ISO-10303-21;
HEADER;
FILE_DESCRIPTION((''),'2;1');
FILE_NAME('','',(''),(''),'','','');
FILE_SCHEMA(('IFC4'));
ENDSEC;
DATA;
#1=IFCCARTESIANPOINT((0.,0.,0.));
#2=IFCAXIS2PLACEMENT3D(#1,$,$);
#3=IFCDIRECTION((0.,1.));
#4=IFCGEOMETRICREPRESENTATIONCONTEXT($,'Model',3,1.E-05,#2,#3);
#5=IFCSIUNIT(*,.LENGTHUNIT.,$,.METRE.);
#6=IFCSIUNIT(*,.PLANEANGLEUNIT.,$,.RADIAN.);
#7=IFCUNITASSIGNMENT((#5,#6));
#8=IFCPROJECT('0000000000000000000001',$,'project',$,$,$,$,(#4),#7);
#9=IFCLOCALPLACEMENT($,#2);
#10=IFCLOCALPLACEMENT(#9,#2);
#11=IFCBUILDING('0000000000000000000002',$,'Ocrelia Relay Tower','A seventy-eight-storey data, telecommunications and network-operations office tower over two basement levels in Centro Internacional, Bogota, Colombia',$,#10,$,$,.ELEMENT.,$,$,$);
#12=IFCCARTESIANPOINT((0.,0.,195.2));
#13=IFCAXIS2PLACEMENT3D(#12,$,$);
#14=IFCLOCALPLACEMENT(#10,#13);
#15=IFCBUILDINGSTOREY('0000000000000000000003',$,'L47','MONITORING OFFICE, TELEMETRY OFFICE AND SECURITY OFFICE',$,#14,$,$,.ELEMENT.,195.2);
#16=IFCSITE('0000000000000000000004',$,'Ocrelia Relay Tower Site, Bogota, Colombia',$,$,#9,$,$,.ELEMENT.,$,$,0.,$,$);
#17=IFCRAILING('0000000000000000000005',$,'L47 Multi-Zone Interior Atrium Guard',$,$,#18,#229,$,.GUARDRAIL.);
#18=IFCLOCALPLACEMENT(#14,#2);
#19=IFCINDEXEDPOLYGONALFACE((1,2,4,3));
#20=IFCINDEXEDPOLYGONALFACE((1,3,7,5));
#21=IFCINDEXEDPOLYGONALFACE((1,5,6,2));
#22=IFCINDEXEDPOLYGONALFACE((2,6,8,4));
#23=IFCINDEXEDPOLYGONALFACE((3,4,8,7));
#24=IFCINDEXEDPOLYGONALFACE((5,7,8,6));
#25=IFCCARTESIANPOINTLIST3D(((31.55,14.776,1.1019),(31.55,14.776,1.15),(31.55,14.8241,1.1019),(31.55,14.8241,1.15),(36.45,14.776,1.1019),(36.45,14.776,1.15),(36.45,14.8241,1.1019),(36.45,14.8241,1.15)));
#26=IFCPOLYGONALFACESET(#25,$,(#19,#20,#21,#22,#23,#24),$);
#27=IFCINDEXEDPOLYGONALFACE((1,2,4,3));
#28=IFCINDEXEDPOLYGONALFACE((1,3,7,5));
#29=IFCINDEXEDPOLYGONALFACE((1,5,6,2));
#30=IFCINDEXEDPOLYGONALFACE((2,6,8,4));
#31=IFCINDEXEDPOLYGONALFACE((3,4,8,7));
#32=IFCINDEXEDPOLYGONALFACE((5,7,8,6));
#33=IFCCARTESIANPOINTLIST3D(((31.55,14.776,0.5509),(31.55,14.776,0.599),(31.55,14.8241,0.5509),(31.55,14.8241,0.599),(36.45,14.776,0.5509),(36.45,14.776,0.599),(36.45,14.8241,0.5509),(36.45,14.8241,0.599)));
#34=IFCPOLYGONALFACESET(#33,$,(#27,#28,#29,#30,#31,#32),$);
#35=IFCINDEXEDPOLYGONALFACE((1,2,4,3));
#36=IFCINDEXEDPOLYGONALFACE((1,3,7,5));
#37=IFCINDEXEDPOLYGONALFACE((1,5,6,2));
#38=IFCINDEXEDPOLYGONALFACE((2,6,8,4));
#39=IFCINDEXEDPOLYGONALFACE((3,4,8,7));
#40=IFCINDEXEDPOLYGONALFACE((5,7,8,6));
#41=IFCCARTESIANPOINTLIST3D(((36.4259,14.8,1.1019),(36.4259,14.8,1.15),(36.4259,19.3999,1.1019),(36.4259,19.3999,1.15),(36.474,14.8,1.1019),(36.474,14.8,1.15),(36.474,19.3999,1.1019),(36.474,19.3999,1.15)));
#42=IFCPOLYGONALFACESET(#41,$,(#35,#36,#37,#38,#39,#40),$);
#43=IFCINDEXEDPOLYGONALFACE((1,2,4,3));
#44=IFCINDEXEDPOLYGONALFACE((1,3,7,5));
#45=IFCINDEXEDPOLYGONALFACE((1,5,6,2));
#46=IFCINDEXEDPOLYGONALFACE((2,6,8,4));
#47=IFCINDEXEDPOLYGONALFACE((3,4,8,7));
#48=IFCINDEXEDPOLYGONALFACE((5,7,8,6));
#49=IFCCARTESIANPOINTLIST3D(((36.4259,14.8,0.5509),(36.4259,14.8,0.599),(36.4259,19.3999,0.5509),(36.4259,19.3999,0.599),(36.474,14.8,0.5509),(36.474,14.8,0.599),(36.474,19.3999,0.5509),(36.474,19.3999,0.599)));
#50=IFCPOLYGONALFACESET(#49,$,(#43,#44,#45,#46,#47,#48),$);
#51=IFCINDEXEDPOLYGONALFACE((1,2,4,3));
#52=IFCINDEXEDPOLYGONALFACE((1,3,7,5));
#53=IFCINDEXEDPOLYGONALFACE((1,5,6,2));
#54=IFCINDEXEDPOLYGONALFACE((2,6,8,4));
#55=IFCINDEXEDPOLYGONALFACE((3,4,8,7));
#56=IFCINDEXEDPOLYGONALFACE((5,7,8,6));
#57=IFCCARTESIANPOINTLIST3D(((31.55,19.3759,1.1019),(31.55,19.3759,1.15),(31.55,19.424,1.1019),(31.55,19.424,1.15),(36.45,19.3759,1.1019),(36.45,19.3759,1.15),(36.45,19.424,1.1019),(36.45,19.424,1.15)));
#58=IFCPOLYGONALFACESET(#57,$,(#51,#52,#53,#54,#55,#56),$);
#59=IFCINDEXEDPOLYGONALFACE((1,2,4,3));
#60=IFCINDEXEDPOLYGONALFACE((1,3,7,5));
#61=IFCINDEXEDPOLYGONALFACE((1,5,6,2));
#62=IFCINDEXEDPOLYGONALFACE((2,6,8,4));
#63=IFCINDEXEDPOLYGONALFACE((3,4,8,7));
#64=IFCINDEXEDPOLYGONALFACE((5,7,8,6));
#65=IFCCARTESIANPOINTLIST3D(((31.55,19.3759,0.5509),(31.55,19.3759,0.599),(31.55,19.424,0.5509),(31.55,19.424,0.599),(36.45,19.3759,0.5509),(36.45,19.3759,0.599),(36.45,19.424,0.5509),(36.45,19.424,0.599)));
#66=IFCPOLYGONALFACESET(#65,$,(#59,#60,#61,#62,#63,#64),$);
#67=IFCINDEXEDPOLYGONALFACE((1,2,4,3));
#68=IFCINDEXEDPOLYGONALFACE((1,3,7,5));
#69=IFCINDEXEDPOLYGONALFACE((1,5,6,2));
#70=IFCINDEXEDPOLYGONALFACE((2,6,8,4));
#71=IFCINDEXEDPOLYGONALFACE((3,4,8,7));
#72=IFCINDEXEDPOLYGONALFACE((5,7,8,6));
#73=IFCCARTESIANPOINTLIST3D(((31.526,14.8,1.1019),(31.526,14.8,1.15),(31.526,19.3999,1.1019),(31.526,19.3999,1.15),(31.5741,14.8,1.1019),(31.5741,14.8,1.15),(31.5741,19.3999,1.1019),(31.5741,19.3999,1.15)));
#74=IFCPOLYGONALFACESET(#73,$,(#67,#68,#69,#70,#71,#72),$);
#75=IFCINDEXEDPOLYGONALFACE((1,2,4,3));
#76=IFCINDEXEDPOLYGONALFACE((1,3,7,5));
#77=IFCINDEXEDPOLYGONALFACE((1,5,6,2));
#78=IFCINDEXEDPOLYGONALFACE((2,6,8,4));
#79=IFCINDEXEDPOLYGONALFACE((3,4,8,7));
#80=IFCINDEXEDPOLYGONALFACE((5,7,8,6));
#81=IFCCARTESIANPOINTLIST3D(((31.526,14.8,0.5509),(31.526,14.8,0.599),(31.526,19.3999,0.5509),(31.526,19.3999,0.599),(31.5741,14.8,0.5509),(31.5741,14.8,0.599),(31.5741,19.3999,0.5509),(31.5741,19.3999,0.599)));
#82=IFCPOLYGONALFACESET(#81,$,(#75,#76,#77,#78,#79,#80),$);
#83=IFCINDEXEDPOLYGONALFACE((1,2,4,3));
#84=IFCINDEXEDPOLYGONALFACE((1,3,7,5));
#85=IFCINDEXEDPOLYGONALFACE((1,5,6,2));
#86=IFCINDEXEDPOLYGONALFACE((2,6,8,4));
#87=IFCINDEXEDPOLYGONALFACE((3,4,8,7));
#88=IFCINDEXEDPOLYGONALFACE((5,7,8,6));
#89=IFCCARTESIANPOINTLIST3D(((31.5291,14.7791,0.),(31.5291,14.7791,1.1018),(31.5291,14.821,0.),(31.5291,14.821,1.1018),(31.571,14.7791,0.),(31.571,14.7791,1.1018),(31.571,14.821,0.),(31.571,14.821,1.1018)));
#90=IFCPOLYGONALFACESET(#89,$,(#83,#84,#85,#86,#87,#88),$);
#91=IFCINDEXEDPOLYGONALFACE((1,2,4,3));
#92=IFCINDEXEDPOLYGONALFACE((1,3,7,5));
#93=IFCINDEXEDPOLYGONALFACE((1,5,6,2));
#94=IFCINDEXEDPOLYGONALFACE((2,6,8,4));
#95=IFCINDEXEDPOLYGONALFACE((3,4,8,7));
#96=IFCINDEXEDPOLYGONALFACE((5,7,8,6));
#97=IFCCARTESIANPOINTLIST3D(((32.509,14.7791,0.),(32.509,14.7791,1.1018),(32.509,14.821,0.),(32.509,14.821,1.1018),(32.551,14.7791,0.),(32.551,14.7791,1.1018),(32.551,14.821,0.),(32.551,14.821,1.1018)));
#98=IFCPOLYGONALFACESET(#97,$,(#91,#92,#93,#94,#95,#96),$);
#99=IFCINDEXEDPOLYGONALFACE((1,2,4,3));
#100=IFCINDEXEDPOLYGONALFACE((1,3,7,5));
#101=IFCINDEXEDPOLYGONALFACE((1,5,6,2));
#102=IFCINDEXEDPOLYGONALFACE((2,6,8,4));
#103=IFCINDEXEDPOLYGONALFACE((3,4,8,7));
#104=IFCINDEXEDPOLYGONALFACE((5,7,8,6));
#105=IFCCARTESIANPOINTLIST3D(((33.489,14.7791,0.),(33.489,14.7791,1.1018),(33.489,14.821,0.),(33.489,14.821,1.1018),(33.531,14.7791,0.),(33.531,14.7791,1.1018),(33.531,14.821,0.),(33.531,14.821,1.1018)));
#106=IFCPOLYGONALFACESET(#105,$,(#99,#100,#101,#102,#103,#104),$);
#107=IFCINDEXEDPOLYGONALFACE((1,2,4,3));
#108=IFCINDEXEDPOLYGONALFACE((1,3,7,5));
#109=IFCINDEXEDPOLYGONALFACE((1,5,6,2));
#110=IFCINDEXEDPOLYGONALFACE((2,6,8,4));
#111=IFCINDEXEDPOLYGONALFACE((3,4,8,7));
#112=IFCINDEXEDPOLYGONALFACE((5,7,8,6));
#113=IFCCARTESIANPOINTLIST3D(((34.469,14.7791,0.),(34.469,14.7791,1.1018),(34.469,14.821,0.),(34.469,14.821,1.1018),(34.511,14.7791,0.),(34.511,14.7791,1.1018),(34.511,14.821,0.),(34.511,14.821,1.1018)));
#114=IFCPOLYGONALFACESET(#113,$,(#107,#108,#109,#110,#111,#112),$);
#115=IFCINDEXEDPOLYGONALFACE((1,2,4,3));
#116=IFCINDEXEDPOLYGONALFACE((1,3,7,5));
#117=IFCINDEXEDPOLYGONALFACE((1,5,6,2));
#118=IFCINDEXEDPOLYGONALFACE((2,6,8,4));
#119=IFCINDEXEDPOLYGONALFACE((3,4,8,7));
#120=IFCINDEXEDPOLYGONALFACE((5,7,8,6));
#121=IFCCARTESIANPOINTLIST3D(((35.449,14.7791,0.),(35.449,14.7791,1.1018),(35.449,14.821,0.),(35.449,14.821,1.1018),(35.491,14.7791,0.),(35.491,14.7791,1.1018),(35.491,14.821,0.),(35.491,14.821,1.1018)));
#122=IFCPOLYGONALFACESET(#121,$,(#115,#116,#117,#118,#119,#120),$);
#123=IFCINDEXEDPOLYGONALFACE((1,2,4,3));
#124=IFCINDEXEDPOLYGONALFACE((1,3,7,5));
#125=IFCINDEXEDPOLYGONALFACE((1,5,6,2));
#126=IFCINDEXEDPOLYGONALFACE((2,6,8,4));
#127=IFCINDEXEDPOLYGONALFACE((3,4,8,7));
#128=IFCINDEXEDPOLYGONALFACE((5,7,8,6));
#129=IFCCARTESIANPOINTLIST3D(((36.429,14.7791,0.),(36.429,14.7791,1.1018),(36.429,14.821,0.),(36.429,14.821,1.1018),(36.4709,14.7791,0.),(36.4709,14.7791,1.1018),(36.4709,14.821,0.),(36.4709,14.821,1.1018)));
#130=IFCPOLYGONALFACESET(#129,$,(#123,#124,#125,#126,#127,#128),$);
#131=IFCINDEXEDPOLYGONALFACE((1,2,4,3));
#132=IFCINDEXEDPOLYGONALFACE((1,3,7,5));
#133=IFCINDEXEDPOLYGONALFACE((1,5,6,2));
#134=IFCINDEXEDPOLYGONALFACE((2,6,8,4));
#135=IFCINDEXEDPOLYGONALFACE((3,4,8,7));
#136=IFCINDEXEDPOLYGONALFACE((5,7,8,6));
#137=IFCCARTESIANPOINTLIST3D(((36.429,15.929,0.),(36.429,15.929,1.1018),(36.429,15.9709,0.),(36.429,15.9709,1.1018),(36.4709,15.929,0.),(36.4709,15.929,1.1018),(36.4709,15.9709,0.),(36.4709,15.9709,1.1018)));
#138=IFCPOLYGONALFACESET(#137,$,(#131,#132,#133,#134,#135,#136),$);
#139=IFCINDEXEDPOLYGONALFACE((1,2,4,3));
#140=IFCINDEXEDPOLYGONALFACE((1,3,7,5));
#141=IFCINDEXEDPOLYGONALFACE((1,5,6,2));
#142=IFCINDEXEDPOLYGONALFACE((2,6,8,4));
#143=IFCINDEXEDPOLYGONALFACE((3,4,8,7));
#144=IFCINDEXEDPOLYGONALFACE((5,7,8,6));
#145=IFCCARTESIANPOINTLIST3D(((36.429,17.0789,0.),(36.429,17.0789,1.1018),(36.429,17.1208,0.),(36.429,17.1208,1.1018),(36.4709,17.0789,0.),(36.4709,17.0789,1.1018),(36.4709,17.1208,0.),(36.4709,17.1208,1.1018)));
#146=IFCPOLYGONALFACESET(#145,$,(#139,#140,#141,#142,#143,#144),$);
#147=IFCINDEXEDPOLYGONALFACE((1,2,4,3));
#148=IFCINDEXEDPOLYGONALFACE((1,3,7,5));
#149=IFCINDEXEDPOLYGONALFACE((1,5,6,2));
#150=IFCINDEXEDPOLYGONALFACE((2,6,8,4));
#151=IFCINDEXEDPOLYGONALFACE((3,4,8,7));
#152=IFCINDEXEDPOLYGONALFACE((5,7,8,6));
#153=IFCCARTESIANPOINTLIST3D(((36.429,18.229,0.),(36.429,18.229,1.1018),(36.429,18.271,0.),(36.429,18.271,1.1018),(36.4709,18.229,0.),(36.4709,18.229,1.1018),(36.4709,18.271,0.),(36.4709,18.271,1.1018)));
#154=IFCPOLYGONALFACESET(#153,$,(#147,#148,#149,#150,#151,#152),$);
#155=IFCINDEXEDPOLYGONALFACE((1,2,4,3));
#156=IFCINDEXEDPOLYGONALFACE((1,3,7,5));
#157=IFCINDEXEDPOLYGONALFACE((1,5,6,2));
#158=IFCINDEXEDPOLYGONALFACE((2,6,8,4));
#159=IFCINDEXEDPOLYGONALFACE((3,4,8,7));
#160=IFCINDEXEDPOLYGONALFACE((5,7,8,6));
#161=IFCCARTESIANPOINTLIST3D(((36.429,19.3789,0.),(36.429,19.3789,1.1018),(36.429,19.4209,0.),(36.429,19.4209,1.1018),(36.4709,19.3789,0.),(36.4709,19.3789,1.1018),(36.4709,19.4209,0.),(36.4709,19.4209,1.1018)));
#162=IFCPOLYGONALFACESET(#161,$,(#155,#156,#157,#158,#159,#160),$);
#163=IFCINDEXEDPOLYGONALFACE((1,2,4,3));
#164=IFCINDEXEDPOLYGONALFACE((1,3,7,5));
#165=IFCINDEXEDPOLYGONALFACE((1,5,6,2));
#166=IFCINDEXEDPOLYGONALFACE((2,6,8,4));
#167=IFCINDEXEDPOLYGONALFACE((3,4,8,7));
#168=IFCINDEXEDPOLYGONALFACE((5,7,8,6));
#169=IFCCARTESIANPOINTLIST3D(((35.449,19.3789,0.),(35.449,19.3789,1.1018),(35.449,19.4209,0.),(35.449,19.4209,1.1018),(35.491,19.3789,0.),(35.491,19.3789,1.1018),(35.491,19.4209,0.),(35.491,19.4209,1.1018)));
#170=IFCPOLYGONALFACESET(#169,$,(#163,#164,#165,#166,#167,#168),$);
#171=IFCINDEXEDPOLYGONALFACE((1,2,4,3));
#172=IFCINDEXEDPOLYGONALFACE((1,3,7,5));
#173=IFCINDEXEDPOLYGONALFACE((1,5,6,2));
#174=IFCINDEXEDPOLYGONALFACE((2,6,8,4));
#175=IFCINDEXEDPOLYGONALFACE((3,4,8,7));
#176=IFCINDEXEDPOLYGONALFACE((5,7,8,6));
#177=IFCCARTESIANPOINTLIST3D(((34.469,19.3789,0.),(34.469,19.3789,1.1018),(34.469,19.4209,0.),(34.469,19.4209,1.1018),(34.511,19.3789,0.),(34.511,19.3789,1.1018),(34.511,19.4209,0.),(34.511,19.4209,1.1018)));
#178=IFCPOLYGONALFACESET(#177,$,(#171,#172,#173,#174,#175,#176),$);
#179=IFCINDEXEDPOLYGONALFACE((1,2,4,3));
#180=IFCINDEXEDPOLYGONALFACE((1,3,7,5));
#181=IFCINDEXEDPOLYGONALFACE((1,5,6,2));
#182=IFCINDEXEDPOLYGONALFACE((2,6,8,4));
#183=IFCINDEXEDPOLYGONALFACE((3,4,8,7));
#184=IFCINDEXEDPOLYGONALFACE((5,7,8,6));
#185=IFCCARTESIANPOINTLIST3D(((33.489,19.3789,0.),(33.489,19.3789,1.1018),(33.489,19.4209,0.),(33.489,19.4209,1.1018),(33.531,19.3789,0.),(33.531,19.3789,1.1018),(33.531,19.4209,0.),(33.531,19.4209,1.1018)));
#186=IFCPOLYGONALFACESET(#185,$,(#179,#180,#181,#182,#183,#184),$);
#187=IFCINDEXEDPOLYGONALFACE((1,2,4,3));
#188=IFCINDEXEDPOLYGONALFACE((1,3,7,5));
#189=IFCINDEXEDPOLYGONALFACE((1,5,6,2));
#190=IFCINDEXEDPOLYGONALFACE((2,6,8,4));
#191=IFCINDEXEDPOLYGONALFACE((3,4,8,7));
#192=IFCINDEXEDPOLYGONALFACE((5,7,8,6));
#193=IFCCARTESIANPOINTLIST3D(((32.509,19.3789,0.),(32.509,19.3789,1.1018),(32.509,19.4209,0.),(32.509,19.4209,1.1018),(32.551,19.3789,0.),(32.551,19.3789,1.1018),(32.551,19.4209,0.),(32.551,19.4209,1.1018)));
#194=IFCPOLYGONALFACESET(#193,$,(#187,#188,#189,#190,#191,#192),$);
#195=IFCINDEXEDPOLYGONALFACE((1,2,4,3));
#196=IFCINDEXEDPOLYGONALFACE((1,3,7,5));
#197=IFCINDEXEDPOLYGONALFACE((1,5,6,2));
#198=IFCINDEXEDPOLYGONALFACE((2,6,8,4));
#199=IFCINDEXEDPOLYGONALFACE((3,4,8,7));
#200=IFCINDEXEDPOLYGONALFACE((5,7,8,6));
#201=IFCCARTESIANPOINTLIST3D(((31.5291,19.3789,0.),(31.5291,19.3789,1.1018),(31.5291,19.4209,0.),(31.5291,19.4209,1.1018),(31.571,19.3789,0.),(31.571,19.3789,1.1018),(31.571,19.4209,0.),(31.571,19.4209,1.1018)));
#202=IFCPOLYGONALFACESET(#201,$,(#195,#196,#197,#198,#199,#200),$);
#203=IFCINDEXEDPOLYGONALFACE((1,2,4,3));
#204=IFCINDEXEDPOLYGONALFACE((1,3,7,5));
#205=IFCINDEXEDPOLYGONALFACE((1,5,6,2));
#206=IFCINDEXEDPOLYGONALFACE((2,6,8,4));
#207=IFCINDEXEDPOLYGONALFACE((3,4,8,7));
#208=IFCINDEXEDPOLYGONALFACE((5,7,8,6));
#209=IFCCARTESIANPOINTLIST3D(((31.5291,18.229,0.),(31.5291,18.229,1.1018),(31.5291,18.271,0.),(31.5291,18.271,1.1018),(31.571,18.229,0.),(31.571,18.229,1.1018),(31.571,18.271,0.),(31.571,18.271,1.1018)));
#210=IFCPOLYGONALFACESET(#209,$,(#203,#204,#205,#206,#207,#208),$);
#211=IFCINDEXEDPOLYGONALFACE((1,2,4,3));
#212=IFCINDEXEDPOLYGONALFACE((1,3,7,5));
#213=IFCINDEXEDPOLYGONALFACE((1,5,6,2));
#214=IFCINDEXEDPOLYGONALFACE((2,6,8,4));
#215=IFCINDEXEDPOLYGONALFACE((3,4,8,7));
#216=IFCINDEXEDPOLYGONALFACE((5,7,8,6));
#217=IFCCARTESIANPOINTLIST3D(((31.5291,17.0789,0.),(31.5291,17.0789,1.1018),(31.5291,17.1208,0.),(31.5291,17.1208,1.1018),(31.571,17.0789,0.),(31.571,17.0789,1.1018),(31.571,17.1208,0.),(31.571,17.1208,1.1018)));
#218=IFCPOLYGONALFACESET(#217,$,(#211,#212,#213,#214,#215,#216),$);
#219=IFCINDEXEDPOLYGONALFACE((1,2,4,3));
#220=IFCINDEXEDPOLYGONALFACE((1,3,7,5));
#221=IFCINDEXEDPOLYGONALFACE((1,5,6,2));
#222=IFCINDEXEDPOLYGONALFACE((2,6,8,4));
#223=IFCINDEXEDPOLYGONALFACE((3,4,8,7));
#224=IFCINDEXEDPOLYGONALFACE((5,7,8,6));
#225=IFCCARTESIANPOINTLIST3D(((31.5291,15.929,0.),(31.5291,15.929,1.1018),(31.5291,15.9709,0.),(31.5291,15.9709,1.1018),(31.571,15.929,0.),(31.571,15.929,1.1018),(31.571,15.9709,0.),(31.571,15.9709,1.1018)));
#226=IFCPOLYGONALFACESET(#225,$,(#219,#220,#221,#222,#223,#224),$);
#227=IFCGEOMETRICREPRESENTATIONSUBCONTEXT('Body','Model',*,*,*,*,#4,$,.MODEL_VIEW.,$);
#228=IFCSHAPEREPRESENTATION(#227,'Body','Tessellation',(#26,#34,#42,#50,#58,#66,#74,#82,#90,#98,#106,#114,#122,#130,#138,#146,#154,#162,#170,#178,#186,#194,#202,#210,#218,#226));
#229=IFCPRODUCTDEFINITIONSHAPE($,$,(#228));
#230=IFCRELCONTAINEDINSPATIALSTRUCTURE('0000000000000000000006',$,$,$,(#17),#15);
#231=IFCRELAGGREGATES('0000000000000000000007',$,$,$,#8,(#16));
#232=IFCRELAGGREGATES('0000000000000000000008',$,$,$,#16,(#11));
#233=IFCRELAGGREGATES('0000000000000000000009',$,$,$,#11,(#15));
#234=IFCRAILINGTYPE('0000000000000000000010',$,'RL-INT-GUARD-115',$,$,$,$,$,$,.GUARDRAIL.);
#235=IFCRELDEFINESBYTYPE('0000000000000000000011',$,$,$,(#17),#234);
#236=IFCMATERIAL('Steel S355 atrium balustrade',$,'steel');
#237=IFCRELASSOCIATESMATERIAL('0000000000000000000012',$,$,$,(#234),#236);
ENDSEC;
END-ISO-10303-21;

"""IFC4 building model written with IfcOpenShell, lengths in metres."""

from ifc_helpers import new_model, si_unit, direction, frame, origin, origin_2d, place, context, subcontext, project, spatial, rectangle, extrude, material, type_object, element, save


model = new_model("IFC4")

# Units and contexts
model_context = context("Model", 3, precision=1e-05, world=origin(), true_north=direction((0.0, 1.0)))
body_context = subcontext(model_context, "Body", "Model", "MODEL_VIEW")
ifc_project = project(units=[si_unit("LENGTHUNIT", "METRE"), si_unit("PLANEANGLEUNIT", "RADIAN")], contexts=[model_context])

# Site, building, storey
site_placement = place(None, origin())
site = spatial("IfcSite", under=ifc_project, at=site_placement, Name="Ocrelia Relay Tower Site, Bogota, Colombia", CompositionType="ELEMENT", RefElevation=0.0)
building_placement = place(site_placement, origin())
building = spatial("IfcBuilding", under=site, at=building_placement, Name="Ocrelia Relay Tower", Description="A seventy-eight-storey data, telecommunications and network-operations office tower over two basement levels in Centro Internacional, Bogota, Colombia", CompositionType="ELEMENT")
storey_placement = place(building_placement, frame((0.0, 0.0, 195.2)))
storey = spatial("IfcBuildingStorey", under=building, at=storey_placement, Name="L47", Description="MONITORING OFFICE, TELEMETRY OFFICE AND SECURITY OFFICE", CompositionType="ELEMENT", Elevation=195.2)

# Railing
ifc_material_1 = material(Name="Steel S355 atrium balustrade", Category="steel")
railing_type_1 = type_object("IfcRailingType", Name="RL-INT-GUARD-115", PredefinedType="GUARDRAIL", material=ifc_material_1)
railing_1_placement = place(storey_placement, frame((31.55, 14.8, 0.0)))
element("IfcRailing", 1, at=railing_1_placement, inside=storey, type_object=railing_type_1, Name="L47 Multi-Zone Interior Atrium Guard", PredefinedType="GUARDRAIL", context=body_context, shape_type="SweptSolid", body=[
    extrude(rectangle(XDim=0.0481, YDim=0.0481, at=origin_2d()), frame((0.0, 0.0, 1.126), z_axis=(1.0, 0.0, 0.0), x_axis=(0.0, 1.0, 0.0)), (0.0, 0.0, 1.0), 4.8999),
    extrude(rectangle(XDim=0.0481, YDim=0.0481, at=origin_2d()), frame((0.0, 0.0, 0.575), z_axis=(1.0, 0.0, 0.0), x_axis=(0.0, 1.0, 0.0)), (0.0, 0.0, 1.0), 4.8999),
    extrude(rectangle(XDim=0.0481, YDim=0.0481, at=origin_2d()), frame((4.8999, 0.0, 1.126), z_axis=(0.0, 1.0, 0.0), x_axis=(-1.0, 0.0, 0.0)), (0.0, 0.0, 1.0), 4.5999),
    extrude(rectangle(XDim=0.0481, YDim=0.0481, at=origin_2d()), frame((4.8999, 0.0, 0.575), z_axis=(0.0, 1.0, 0.0), x_axis=(-1.0, 0.0, 0.0)), (0.0, 0.0, 1.0), 4.5999),
    extrude(rectangle(XDim=0.0481, YDim=0.0481, at=origin_2d()), frame((4.8999, 4.5999, 1.126), z_axis=(-1.0, 0.0, 0.0), x_axis=(0.0, -1.0, 0.0)), (0.0, 0.0, 1.0), 4.8999),
    extrude(rectangle(XDim=0.0481, YDim=0.0481, at=origin_2d()), frame((4.8999, 4.5999, 0.575), z_axis=(-1.0, 0.0, 0.0), x_axis=(0.0, -1.0, 0.0)), (0.0, 0.0, 1.0), 4.8999),
    extrude(rectangle(XDim=0.0481, YDim=0.0481, at=origin_2d()), frame((0.0, 4.5999, 1.126), z_axis=(0.0, -1.0, 0.0), x_axis=(1.0, 0.0, 0.0)), (0.0, 0.0, 1.0), 4.5999),
    extrude(rectangle(XDim=0.0481, YDim=0.0481, at=origin_2d()), frame((0.0, 4.5999, 0.575), z_axis=(0.0, -1.0, 0.0), x_axis=(1.0, 0.0, 0.0)), (0.0, 0.0, 1.0), 4.5999),
    extrude(rectangle(XDim=0.042, YDim=0.042, at=origin_2d()), origin(), (0.0, 0.0, 1.0), 1.1018),
    extrude(rectangle(XDim=0.042, YDim=0.042, at=origin_2d()), frame((0.98, 0.0, 0.0)), (0.0, 0.0, 1.0), 1.1018),
    extrude(rectangle(XDim=0.042, YDim=0.042, at=origin_2d()), frame((1.96, 0.0, 0.0)), (0.0, 0.0, 1.0), 1.1018),
    extrude(rectangle(XDim=0.042, YDim=0.042, at=origin_2d()), frame((2.9399, 0.0, 0.0)), (0.0, 0.0, 1.0), 1.1018),
    extrude(rectangle(XDim=0.042, YDim=0.042, at=origin_2d()), frame((3.9199, 0.0, 0.0)), (0.0, 0.0, 1.0), 1.1018),
    extrude(rectangle(XDim=0.042, YDim=0.042, at=origin_2d()), frame((4.8999, 0.0, 0.0)), (0.0, 0.0, 1.0), 1.1018),
    extrude(rectangle(XDim=0.042, YDim=0.042, at=origin_2d()), frame((4.8999, 1.1499, 0.0)), (0.0, 0.0, 1.0), 1.1018),
    extrude(rectangle(XDim=0.042, YDim=0.042, at=origin_2d()), frame((4.8999, 2.2998, 0.0)), (0.0, 0.0, 1.0), 1.1018),
    extrude(rectangle(XDim=0.042, YDim=0.042, at=origin_2d()), frame((4.8999, 3.45, 0.0)), (0.0, 0.0, 1.0), 1.1018),
    extrude(rectangle(XDim=0.042, YDim=0.042, at=origin_2d()), frame((4.8999, 4.5999, 0.0)), (0.0, 0.0, 1.0), 1.1018),
    extrude(rectangle(XDim=0.042, YDim=0.042, at=origin_2d()), frame((3.9199, 4.5999, 0.0)), (0.0, 0.0, 1.0), 1.1018),
    extrude(rectangle(XDim=0.042, YDim=0.042, at=origin_2d()), frame((2.9399, 4.5999, 0.0)), (0.0, 0.0, 1.0), 1.1018),
    extrude(rectangle(XDim=0.042, YDim=0.042, at=origin_2d()), frame((1.96, 4.5999, 0.0)), (0.0, 0.0, 1.0), 1.1018),
    extrude(rectangle(XDim=0.042, YDim=0.042, at=origin_2d()), frame((0.98, 4.5999, 0.0)), (0.0, 0.0, 1.0), 1.1018),
    extrude(rectangle(XDim=0.042, YDim=0.042, at=origin_2d()), frame((0.0, 4.5999, 0.0)), (0.0, 0.0, 1.0), 1.1018),
    extrude(rectangle(XDim=0.042, YDim=0.042, at=origin_2d()), frame((0.0, 3.45, 0.0)), (0.0, 0.0, 1.0), 1.1018),
    extrude(rectangle(XDim=0.042, YDim=0.042, at=origin_2d()), frame((0.0, 2.2998, 0.0)), (0.0, 0.0, 1.0), 1.1018),
    extrude(rectangle(XDim=0.042, YDim=0.042, at=origin_2d()), frame((0.0, 1.1499, 0.0)), (0.0, 0.0, 1.0), 1.1018),
])

save(model, "model.ifc")
